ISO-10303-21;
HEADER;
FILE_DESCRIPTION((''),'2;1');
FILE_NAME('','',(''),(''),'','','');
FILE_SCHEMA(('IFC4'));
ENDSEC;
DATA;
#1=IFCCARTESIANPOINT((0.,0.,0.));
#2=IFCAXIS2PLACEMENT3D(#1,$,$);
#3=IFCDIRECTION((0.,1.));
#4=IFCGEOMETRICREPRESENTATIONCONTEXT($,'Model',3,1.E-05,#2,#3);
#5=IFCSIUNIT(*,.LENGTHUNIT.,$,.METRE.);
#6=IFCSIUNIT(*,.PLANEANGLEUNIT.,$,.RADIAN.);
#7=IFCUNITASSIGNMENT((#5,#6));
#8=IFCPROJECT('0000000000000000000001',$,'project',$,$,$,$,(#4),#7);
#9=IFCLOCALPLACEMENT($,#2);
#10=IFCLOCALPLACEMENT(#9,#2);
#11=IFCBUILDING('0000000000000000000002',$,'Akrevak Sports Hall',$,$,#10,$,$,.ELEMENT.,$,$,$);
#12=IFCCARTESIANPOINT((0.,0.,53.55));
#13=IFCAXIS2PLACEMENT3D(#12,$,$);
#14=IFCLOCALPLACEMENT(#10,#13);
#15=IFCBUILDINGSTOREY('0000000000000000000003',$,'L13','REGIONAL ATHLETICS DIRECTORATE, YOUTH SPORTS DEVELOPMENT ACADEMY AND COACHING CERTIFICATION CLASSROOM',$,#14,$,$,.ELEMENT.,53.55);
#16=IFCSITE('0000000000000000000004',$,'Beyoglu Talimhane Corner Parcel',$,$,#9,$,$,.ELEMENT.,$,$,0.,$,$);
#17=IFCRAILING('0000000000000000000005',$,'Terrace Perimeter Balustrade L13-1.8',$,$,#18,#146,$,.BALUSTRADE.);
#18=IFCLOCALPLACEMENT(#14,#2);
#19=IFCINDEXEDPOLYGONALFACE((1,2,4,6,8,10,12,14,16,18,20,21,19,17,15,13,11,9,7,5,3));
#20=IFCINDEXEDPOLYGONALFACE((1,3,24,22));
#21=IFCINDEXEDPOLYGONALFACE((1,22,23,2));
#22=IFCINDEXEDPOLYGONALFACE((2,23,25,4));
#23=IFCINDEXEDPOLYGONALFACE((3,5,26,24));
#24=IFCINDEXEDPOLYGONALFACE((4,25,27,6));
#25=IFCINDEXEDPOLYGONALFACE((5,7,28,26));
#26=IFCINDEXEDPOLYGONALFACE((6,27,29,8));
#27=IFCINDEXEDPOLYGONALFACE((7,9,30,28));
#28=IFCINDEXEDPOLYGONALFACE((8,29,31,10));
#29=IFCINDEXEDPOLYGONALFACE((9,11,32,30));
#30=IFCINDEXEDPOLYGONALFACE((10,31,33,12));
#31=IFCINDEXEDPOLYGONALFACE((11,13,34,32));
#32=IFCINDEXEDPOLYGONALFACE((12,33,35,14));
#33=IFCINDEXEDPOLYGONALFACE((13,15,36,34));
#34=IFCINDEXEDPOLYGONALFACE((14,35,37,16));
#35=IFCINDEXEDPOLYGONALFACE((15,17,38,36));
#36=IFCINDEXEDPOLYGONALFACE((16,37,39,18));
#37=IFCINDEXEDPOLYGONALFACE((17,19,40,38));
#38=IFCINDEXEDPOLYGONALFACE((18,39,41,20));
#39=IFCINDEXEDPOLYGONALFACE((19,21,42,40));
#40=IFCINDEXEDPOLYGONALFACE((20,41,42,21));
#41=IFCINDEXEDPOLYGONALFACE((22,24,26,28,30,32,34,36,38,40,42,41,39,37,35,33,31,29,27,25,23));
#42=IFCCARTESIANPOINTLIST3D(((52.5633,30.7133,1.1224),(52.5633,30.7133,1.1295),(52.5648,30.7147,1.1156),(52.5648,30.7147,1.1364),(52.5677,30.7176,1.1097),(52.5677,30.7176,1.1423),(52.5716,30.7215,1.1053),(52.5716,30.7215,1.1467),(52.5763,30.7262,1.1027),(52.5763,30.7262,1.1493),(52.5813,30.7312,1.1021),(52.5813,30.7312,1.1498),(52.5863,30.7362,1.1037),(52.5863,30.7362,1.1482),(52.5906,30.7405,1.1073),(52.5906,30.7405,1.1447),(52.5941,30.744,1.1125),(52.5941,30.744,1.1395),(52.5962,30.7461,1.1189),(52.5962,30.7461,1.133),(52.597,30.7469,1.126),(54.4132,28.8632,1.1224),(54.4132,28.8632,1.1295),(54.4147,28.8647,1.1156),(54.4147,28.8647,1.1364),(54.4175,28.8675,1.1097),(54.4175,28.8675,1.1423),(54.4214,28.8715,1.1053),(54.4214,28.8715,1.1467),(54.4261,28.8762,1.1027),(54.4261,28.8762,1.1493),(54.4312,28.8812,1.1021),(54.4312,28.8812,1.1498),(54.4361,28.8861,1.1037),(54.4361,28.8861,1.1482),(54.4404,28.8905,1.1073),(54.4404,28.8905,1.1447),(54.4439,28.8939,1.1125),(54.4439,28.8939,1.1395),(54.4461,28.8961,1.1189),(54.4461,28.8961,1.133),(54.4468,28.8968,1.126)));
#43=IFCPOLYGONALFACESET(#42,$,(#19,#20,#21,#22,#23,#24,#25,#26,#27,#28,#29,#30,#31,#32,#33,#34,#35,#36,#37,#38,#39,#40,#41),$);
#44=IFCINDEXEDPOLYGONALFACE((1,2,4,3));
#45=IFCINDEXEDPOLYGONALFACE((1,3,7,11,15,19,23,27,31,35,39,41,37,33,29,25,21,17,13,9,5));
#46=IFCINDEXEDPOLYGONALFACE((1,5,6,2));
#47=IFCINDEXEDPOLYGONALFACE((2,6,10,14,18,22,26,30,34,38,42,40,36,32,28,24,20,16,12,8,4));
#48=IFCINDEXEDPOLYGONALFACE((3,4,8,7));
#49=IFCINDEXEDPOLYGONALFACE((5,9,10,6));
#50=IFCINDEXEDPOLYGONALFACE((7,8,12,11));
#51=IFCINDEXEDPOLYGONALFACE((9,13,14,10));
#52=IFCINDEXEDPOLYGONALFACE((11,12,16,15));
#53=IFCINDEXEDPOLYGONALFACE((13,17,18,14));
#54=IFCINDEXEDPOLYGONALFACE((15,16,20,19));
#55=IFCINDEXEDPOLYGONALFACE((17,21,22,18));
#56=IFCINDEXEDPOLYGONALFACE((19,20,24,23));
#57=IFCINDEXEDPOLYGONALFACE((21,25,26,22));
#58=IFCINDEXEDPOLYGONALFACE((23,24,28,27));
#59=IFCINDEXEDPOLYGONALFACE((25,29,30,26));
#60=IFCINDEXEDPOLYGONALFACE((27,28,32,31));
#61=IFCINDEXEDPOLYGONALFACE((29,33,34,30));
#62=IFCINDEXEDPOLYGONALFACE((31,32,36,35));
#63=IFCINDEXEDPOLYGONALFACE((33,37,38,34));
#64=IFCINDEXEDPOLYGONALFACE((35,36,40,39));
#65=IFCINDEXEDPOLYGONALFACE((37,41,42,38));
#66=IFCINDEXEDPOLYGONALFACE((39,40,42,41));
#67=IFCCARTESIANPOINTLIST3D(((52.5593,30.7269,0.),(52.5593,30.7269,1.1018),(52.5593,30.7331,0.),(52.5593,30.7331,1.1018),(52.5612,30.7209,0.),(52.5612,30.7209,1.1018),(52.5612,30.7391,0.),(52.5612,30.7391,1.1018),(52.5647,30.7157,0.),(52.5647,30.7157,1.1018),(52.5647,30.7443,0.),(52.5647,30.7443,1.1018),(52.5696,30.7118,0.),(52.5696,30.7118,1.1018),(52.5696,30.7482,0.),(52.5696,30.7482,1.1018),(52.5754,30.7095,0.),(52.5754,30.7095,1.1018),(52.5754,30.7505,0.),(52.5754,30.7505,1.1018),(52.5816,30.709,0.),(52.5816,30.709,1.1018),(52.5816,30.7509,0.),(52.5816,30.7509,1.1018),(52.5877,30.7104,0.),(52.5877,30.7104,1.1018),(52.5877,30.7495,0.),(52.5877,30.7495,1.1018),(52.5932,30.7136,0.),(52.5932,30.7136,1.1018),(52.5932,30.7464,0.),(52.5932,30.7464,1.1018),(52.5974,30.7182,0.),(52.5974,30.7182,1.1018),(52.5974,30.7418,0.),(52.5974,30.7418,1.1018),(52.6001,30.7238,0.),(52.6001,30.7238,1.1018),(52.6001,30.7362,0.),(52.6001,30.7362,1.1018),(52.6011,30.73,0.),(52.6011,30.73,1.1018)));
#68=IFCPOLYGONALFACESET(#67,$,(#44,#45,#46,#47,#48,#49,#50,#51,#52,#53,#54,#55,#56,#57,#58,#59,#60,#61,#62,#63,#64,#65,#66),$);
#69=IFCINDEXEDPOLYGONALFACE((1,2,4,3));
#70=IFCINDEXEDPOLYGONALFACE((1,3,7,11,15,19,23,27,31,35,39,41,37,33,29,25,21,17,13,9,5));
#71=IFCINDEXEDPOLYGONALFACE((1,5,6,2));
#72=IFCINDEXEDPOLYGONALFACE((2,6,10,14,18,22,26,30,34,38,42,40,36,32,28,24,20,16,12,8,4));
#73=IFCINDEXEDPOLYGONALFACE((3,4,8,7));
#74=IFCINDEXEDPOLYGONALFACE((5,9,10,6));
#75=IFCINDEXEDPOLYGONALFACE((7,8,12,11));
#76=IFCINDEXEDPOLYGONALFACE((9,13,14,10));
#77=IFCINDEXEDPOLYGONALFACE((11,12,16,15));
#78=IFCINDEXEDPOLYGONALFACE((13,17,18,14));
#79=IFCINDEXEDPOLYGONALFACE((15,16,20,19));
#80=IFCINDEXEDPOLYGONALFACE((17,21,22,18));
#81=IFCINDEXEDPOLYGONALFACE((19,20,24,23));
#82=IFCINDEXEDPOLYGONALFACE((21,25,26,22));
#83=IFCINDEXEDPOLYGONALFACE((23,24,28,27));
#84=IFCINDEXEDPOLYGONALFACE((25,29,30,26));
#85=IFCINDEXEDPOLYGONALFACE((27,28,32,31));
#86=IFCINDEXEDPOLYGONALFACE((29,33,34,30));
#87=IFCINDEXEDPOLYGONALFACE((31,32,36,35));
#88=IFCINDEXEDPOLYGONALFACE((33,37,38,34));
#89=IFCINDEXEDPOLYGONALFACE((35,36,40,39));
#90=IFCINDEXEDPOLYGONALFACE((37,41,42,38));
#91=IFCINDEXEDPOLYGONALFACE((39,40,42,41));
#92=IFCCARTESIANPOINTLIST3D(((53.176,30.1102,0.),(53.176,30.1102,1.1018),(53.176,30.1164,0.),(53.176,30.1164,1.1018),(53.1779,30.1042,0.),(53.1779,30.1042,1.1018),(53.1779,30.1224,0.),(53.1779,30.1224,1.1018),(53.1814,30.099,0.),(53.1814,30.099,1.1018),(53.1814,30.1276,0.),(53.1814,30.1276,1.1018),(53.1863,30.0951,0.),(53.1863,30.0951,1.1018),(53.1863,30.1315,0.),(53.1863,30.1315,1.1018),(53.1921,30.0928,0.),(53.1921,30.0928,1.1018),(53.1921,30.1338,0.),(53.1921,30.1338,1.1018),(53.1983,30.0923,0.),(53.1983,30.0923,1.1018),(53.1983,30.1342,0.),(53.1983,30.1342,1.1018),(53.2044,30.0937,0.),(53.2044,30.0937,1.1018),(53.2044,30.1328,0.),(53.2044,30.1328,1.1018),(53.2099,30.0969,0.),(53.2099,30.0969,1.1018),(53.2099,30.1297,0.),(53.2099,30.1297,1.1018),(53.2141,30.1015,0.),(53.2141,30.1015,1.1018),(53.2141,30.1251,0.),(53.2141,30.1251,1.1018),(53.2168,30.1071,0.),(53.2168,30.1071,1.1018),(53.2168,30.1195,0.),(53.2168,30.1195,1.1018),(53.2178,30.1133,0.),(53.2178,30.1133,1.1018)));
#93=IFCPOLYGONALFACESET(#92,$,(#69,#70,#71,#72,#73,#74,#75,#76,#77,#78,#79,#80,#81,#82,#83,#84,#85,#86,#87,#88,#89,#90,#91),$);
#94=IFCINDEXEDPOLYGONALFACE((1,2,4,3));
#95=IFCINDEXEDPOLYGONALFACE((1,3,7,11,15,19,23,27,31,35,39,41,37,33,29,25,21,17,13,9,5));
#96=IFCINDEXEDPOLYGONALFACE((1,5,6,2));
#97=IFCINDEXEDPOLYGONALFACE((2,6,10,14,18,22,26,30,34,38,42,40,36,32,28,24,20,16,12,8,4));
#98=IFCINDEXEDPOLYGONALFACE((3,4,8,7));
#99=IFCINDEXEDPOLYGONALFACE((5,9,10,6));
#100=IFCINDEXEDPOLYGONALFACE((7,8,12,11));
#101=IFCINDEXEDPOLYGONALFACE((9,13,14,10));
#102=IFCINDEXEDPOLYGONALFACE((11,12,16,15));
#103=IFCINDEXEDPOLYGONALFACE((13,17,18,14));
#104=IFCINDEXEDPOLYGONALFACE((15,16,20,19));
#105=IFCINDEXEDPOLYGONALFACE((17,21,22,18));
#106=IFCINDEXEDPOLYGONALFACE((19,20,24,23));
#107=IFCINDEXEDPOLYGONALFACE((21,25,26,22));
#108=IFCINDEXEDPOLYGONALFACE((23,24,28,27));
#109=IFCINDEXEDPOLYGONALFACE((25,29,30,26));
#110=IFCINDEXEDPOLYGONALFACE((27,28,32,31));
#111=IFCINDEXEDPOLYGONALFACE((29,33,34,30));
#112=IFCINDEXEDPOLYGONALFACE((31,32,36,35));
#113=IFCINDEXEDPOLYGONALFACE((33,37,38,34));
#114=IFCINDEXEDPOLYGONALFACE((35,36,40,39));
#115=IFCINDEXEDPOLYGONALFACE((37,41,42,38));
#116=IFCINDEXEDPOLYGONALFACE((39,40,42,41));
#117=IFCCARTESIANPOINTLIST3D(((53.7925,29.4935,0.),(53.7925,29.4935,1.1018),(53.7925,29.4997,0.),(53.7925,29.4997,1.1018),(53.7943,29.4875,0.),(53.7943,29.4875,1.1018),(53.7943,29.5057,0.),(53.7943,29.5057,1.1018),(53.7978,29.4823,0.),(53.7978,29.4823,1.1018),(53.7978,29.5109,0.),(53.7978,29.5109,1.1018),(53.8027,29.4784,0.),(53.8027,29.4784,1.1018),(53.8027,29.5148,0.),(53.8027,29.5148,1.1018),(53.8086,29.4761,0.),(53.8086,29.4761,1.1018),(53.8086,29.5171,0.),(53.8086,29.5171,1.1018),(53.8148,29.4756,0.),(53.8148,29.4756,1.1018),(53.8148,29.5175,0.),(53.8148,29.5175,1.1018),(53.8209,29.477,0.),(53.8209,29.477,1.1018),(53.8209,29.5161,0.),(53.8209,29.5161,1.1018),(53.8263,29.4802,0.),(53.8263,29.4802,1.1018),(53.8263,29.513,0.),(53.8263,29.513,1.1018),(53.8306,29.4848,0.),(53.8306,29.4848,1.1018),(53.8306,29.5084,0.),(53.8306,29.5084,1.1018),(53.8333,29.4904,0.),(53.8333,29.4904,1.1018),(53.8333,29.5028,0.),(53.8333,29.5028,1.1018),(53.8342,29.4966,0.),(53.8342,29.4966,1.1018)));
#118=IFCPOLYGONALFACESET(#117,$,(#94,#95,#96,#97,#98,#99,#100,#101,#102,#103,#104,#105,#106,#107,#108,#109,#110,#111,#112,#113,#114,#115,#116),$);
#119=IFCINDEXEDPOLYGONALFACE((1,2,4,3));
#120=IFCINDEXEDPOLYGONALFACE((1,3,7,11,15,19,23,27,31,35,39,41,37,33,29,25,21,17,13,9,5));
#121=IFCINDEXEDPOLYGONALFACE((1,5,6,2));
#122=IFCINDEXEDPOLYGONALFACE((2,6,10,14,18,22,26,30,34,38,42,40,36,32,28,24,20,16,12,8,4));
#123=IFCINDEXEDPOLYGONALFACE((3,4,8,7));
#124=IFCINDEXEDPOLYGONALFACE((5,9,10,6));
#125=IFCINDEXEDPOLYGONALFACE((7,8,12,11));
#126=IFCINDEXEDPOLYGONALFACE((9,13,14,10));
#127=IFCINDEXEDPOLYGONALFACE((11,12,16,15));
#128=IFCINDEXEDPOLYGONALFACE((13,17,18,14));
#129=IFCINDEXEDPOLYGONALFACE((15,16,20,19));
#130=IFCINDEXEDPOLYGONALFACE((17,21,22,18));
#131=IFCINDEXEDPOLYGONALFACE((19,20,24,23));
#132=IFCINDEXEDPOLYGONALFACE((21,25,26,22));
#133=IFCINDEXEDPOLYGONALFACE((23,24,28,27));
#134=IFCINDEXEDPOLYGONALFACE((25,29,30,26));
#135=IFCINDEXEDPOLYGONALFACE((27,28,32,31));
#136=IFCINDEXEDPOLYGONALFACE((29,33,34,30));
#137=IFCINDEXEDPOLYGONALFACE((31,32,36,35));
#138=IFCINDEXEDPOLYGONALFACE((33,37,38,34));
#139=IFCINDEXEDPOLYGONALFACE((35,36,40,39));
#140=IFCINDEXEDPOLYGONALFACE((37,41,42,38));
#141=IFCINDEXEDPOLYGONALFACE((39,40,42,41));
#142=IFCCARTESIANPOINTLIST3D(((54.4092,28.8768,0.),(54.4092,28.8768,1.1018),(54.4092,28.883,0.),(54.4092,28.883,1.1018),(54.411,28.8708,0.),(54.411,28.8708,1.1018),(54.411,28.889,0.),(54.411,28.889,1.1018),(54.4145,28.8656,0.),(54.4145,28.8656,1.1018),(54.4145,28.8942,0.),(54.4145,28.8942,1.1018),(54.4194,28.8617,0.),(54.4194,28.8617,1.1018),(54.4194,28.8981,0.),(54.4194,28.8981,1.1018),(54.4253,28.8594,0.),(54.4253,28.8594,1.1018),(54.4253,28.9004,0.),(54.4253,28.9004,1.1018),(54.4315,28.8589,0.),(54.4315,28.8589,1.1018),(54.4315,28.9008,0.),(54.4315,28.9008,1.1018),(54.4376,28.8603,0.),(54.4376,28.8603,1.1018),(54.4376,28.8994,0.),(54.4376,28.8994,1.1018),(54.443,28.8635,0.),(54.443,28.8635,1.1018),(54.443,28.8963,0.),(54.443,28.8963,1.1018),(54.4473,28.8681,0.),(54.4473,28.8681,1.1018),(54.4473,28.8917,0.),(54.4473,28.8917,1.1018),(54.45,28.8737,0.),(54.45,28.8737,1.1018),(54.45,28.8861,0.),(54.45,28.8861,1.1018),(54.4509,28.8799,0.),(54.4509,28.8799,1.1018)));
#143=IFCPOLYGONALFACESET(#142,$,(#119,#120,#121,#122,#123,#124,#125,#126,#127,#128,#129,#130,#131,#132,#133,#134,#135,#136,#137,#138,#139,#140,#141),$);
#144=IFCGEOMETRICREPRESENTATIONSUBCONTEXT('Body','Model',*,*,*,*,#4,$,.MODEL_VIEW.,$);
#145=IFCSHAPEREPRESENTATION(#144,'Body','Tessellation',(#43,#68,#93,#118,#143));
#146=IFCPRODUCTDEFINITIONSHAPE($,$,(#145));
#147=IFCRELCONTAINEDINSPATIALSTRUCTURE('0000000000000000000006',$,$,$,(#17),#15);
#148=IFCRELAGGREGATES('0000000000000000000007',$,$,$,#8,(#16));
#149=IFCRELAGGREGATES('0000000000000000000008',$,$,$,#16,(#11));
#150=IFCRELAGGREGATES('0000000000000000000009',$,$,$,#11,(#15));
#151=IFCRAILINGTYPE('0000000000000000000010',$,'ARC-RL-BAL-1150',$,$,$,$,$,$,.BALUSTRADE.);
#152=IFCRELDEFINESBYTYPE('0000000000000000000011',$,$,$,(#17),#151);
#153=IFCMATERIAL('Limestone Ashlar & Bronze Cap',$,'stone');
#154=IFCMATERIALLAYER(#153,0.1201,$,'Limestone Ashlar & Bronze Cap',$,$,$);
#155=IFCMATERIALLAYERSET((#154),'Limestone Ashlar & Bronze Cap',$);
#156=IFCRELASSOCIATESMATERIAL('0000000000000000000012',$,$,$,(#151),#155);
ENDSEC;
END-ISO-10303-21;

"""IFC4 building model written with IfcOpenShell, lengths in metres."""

from ifc_helpers import new_model, si_unit, direction, frame, origin, origin_2d, place, context, subcontext, project, spatial, circle, extrude, material, layer, layer_set, type_object, element, save


model = new_model("IFC4")

# Units and contexts
model_context = context("Model", 3, precision=1e-05, world=origin(), true_north=direction((0.0, 1.0)))
body_context = subcontext(model_context, "Body", "Model", "MODEL_VIEW")
ifc_project = project(units=[si_unit("LENGTHUNIT", "METRE"), si_unit("PLANEANGLEUNIT", "RADIAN")], contexts=[model_context])

# Site, building, storey
site_placement = place(None, origin())
site = spatial("IfcSite", under=ifc_project, at=site_placement, Name="Beyoglu Talimhane Corner Parcel", CompositionType="ELEMENT", RefElevation=0.0)
building_placement = place(site_placement, origin())
building = spatial("IfcBuilding", under=site, at=building_placement, Name="Akrevak Sports Hall", CompositionType="ELEMENT")
storey_placement = place(building_placement, frame((0.0, 0.0, 53.55)))
storey = spatial("IfcBuildingStorey", under=building, at=storey_placement, Name="L13", Description="REGIONAL ATHLETICS DIRECTORATE, YOUTH SPORTS DEVELOPMENT ACADEMY AND COACHING CERTIFICATION CLASSROOM", CompositionType="ELEMENT", Elevation=53.55)

# Railing
ifc_material_1 = material(Name="Limestone Ashlar & Bronze Cap", Category="stone")
ifc_layer_1 = layer(ifc_material_1, 0.1201, Name="Limestone Ashlar & Bronze Cap")
ifc_layer_set_1 = layer_set([ifc_layer_1], Name="Limestone Ashlar & Bronze Cap")
railing_type = type_object("IfcRailingType", Name="ARC-RL-BAL-1150", PredefinedType="BALUSTRADE", material=ifc_layer_set_1)
railing_1_placement = place(storey_placement, frame((52.5801, 30.73, 0.0)))
element("IfcRailing", 1, at=railing_1_placement, inside=storey, type_object=railing_type, Name="Terrace Perimeter Balustrade L13-1.8", PredefinedType="BALUSTRADE", context=body_context, shape_type="SweptSolid", body=[
    extrude(circle(Radius=0.0239, at=origin_2d()), frame((0.0, 0.0, 1.126), z_axis=(0.70706, -0.707153, 0.0), x_axis=(0.707153, 0.70706, 0.0)), (0.0, 0.0, 1.0), 2.6162),
    extrude(circle(Radius=0.021, at=origin_2d()), origin(), (0.0, 0.0, 1.0), 1.1018),
    extrude(circle(Radius=0.021, at=origin_2d()), frame((0.6167, -0.6167, 0.0)), (0.0, 0.0, 1.0), 1.1018),
    extrude(circle(Radius=0.021, at=origin_2d()), frame((1.2332, -1.2334, 0.0)), (0.0, 0.0, 1.0), 1.1018),
    extrude(circle(Radius=0.021, at=origin_2d()), frame((1.8499, -1.8501, 0.0)), (0.0, 0.0, 1.0), 1.1018),
])

save(model, "model.ifc")
